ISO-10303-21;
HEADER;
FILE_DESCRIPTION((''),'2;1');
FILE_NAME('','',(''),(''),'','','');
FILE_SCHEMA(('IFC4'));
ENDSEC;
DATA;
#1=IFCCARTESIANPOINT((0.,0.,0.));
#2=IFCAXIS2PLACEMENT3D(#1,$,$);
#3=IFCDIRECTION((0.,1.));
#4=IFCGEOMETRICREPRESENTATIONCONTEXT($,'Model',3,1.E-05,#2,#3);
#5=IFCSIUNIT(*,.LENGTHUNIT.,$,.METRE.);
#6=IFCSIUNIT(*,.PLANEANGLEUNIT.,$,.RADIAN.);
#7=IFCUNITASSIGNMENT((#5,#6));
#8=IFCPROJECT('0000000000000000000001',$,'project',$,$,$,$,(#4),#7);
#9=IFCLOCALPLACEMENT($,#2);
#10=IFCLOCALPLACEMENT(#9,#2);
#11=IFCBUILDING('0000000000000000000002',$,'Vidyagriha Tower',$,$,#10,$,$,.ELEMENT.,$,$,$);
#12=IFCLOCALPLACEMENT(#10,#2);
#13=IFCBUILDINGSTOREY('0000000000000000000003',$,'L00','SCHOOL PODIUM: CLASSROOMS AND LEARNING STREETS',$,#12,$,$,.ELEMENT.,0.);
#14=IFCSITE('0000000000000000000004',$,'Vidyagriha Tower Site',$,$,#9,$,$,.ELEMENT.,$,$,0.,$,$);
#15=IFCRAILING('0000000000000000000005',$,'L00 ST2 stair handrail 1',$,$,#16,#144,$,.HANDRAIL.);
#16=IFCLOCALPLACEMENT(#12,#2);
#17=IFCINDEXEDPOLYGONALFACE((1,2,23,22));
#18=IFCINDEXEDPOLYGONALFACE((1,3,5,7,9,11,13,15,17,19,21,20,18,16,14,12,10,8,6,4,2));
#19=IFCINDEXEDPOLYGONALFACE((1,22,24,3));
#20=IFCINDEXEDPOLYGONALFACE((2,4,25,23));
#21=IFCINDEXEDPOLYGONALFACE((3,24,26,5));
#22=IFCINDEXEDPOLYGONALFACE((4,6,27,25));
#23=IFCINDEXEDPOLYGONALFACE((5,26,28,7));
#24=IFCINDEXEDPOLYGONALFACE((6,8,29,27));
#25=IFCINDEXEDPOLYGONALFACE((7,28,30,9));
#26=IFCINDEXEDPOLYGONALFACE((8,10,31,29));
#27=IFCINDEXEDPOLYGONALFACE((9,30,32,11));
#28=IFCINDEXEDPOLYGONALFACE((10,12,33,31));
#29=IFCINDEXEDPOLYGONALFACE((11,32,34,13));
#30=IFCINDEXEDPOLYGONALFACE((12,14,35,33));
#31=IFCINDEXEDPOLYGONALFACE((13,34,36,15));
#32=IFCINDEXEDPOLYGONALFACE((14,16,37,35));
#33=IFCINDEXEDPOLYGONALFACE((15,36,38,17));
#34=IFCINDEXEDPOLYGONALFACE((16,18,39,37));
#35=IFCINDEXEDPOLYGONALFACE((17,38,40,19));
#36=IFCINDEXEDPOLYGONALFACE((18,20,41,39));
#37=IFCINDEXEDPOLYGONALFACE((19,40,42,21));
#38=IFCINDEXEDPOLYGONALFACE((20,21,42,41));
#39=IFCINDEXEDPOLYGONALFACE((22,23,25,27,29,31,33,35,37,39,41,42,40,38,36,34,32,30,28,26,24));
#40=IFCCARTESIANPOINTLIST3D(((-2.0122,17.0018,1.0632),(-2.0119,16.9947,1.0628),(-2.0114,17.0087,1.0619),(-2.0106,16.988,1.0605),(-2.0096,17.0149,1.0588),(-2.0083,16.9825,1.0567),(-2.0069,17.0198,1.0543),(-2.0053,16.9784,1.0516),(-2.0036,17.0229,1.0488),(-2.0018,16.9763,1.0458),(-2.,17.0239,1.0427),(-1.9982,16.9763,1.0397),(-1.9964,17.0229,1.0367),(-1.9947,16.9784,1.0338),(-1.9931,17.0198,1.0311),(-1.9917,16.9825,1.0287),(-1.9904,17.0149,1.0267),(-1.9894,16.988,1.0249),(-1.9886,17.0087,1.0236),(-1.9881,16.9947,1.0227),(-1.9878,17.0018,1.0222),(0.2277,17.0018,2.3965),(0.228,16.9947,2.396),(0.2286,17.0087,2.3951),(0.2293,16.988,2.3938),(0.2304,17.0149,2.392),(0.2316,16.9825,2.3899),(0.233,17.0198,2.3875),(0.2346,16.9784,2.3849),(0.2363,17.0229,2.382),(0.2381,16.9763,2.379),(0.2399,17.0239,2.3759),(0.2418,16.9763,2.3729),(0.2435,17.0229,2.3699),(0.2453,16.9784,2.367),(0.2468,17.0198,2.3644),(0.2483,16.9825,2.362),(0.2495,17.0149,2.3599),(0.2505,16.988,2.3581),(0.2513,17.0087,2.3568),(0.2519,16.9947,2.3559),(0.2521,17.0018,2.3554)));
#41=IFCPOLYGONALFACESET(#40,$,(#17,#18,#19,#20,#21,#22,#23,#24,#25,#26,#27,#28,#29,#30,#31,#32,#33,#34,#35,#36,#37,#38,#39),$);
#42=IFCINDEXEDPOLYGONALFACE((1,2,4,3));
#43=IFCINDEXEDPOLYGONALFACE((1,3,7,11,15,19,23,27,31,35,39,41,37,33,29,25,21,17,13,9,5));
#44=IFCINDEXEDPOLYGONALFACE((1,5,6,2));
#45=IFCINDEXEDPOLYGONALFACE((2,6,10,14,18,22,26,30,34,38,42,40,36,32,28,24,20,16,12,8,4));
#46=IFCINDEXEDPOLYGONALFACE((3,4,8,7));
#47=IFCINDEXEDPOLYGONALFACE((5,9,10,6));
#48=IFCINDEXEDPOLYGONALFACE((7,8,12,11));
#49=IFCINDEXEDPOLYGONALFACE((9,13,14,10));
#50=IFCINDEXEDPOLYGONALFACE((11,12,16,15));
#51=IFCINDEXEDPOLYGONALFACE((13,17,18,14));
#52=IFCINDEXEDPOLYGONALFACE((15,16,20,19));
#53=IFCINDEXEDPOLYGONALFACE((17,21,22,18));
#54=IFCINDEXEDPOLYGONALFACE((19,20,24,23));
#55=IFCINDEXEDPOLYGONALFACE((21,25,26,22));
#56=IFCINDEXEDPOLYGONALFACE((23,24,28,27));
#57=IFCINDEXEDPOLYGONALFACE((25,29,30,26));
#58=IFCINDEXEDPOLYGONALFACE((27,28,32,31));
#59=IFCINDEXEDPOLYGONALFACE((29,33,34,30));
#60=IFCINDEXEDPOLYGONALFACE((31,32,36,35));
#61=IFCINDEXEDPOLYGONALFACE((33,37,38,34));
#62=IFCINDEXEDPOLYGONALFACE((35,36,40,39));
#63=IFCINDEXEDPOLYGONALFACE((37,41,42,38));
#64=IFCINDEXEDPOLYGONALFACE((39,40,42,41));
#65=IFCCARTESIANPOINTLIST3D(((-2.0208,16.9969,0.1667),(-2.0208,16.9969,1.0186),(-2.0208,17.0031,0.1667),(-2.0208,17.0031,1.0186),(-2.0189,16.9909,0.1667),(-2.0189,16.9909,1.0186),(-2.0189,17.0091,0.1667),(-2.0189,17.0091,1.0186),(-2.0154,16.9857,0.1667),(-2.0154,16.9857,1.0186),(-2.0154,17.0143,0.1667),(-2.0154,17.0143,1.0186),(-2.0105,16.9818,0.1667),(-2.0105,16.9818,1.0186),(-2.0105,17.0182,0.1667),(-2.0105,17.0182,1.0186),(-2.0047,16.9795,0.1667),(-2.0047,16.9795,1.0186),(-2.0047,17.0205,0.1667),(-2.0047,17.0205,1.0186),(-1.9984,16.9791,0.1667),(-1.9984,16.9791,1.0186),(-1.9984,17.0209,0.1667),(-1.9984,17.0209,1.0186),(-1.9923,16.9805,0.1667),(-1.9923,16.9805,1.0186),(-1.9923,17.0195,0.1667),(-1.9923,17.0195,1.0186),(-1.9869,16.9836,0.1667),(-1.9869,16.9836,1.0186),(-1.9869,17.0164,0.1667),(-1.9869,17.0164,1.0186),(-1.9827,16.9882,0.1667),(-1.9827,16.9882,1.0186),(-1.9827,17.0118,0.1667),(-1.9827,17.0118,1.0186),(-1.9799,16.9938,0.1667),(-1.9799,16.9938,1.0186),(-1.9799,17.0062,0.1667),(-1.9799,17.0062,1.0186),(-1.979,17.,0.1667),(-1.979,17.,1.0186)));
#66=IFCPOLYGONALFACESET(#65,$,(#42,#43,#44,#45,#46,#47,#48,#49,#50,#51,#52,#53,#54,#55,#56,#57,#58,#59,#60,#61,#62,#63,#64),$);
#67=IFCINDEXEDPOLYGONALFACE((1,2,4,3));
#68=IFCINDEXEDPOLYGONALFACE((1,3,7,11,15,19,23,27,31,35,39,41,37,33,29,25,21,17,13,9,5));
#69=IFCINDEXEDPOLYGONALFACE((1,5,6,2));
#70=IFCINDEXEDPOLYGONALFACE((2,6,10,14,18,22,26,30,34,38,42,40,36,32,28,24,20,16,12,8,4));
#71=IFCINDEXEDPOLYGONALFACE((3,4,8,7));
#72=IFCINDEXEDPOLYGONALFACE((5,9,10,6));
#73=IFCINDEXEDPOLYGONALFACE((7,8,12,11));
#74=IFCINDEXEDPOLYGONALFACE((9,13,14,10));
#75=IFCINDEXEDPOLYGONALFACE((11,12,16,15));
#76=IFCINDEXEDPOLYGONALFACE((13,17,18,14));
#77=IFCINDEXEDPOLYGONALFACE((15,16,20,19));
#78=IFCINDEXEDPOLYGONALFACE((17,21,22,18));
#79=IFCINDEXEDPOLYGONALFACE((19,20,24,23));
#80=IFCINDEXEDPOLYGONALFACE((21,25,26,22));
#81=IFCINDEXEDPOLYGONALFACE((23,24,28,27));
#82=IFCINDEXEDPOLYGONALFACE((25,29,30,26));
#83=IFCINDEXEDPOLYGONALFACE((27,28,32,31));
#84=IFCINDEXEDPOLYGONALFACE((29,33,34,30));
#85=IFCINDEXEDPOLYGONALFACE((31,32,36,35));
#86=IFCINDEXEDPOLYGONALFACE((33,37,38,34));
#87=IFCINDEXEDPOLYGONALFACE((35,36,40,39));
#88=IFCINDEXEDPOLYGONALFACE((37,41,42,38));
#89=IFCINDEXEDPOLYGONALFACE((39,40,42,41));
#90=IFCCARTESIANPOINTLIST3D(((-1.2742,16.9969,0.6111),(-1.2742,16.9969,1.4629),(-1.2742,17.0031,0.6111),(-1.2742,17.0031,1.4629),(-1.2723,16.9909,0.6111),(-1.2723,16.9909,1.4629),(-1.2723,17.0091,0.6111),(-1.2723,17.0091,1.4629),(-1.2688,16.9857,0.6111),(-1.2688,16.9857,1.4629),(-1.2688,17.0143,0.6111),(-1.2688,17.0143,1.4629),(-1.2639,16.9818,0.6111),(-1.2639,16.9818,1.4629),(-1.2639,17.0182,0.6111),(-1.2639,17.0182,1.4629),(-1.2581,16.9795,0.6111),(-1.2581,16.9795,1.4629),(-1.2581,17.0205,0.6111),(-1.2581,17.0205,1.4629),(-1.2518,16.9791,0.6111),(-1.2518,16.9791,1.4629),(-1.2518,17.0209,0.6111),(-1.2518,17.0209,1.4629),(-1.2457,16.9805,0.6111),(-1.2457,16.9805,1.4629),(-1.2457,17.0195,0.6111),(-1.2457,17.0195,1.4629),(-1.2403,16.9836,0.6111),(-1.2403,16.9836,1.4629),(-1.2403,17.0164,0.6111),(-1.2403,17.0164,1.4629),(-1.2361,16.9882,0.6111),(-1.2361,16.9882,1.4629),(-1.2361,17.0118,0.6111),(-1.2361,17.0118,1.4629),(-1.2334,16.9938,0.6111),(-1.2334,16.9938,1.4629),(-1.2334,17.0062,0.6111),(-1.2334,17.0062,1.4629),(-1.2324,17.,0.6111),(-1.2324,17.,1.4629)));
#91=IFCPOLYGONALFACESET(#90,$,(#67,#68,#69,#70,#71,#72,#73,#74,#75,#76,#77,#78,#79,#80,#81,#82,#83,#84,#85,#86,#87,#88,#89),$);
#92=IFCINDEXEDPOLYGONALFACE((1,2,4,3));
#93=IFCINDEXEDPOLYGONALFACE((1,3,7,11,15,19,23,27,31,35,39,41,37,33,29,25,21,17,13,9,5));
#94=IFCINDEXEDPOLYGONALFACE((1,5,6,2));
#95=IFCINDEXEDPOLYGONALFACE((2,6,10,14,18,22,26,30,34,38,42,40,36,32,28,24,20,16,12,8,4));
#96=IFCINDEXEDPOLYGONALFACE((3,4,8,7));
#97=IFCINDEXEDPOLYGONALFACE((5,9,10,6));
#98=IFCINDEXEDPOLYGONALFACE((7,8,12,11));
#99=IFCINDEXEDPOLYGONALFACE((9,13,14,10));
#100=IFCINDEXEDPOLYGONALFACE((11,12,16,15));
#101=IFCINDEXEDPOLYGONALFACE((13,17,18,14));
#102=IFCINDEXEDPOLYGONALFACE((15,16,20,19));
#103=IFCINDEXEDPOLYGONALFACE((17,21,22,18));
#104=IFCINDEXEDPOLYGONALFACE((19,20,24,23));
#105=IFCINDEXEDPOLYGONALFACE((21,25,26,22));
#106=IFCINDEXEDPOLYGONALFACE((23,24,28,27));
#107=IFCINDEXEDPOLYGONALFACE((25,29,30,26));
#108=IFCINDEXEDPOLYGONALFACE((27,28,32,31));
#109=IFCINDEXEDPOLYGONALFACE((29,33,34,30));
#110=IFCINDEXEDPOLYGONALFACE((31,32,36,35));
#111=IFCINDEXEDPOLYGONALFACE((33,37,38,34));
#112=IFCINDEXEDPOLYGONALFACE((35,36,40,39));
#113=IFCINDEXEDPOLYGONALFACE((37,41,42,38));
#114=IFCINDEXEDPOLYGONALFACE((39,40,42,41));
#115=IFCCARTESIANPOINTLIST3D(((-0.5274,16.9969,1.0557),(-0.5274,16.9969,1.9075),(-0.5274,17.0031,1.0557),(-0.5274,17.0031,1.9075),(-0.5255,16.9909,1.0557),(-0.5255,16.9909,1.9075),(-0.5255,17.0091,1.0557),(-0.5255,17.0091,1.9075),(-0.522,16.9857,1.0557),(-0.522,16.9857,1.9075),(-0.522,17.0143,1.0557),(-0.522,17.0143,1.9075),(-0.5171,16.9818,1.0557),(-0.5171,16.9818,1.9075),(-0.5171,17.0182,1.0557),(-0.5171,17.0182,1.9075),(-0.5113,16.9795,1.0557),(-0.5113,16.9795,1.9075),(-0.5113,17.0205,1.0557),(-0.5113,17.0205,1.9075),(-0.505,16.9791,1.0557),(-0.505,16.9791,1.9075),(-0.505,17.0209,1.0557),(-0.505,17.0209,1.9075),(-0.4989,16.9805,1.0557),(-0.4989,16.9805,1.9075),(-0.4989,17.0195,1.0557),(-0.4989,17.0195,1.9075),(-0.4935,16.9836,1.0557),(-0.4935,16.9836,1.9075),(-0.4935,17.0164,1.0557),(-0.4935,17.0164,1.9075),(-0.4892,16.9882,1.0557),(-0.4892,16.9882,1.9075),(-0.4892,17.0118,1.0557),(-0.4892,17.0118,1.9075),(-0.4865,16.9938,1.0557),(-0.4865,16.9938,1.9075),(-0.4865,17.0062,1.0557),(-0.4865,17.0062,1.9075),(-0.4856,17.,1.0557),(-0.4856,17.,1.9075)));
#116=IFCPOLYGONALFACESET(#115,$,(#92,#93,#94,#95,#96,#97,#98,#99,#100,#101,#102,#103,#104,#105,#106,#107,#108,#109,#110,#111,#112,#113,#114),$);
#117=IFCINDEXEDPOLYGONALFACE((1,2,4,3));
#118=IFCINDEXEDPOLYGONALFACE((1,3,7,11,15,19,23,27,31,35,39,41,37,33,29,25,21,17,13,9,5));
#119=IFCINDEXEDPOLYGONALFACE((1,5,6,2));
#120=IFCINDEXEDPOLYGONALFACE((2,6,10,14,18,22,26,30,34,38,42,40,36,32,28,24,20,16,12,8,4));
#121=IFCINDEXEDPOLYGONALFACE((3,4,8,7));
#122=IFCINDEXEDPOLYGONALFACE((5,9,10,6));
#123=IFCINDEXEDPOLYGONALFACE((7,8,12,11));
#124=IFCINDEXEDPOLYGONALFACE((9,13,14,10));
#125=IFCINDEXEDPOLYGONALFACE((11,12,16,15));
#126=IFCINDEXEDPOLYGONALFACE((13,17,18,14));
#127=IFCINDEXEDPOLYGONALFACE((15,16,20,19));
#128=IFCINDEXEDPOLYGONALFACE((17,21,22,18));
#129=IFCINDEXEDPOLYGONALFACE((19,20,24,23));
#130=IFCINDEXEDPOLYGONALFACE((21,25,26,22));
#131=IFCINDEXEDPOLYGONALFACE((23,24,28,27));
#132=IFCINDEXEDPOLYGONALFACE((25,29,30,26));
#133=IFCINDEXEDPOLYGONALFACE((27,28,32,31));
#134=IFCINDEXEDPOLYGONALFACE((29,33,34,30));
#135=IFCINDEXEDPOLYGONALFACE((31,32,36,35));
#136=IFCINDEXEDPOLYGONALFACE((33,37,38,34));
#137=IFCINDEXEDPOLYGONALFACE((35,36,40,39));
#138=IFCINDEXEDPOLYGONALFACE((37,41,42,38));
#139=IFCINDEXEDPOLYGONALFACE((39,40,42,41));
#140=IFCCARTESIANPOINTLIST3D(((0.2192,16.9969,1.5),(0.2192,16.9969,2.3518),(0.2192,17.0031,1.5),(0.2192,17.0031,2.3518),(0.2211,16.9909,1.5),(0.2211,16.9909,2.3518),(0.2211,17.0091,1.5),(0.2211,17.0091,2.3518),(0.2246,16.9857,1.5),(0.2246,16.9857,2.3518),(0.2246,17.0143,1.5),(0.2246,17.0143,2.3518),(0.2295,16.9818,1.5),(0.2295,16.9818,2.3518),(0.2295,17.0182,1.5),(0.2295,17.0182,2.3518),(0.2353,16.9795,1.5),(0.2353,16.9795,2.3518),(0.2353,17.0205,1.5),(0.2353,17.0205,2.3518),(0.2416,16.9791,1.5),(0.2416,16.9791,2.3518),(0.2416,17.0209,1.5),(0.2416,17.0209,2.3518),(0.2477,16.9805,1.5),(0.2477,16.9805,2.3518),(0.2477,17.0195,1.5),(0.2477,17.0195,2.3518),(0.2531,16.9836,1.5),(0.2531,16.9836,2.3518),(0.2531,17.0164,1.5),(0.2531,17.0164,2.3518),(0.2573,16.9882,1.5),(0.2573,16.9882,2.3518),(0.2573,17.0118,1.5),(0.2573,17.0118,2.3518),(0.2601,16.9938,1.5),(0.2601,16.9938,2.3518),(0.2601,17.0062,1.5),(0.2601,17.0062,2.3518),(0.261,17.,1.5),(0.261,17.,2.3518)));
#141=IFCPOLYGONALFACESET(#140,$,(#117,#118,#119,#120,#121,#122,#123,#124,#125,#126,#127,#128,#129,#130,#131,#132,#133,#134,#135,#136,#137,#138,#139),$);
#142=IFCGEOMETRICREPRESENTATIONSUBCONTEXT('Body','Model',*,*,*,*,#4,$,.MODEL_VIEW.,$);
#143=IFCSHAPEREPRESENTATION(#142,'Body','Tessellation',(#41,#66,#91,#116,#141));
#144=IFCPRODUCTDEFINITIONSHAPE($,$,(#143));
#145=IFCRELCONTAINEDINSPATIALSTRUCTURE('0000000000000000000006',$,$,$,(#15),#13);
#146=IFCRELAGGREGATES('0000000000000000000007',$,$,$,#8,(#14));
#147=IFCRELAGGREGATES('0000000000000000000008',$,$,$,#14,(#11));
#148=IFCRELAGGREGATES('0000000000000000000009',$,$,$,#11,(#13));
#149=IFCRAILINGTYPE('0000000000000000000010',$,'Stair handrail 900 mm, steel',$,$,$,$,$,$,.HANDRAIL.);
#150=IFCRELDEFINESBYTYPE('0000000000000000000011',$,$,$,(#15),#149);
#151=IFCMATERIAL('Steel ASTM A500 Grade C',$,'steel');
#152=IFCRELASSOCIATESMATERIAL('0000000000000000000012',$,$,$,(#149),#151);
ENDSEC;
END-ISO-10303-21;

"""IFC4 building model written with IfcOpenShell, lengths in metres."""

from ifc_helpers import new_model, si_unit, direction, frame, origin, origin_2d, place, context, subcontext, project, spatial, circle, extrude, material, type_object, element, save


model = new_model("IFC4")

# Units and contexts
model_context = context("Model", 3, precision=1e-05, world=origin(), true_north=direction((0.0, 1.0)))
body_context = subcontext(model_context, "Body", "Model", "MODEL_VIEW")
ifc_project = project(units=[si_unit("LENGTHUNIT", "METRE"), si_unit("PLANEANGLEUNIT", "RADIAN")], contexts=[model_context])

# Site, building, storey
site_placement = place(None, origin())
site = spatial("IfcSite", under=ifc_project, at=site_placement, Name="Vidyagriha Tower Site", CompositionType="ELEMENT", RefElevation=0.0)
building_placement = place(site_placement, origin())
building = spatial("IfcBuilding", under=site, at=building_placement, Name="Vidyagriha Tower", CompositionType="ELEMENT")
storey_placement = place(building_placement, origin())
storey = spatial("IfcBuildingStorey", under=building, at=storey_placement, Name="L00", Description="SCHOOL PODIUM: CLASSROOMS AND LEARNING STREETS", CompositionType="ELEMENT", Elevation=0.0)

# Railing
ifc_material_1 = material(Name="Steel ASTM A500 Grade C", Category="steel")
railing_type_1 = type_object("IfcRailingType", Name="Stair handrail 900 mm, steel", PredefinedType="HANDRAIL", material=ifc_material_1)
for number, where, name in (
    (1, (-2.0, 17.0, 0.1667), "L00 ST2 stair handrail 1"),
):
    element("IfcRailing", number, at=place(storey_placement, frame(where)), inside=storey, type_object=railing_type_1, Name=name, PredefinedType="HANDRAIL", context=body_context, shape_type="SweptSolid", body=[
        extrude(circle(Radius=0.0239, at=origin_2d()), frame((0.0, 0.0, 0.876), z_axis=(0.859306, 0.0, 0.511462), x_axis=(0.0, 1.0, 0.0)), (0.0, 0.0, 1.0), 2.6067),
        extrude(circle(Radius=0.021, at=origin_2d()), origin(), (0.0, 0.0, 1.0), 0.8518),
        extrude(circle(Radius=0.021, at=origin_2d()), frame((0.7466, 0.0, 0.4443)), (0.0, 0.0, 1.0), 0.8518),
        extrude(circle(Radius=0.021, at=origin_2d()), frame((1.4934, 0.0, 0.8889)), (0.0, 0.0, 1.0), 0.8518),
        extrude(circle(Radius=0.021, at=origin_2d()), frame((2.24, 0.0, 1.3333)), (0.0, 0.0, 1.0), 0.8518),
    ])

save(model, "model.ifc")
